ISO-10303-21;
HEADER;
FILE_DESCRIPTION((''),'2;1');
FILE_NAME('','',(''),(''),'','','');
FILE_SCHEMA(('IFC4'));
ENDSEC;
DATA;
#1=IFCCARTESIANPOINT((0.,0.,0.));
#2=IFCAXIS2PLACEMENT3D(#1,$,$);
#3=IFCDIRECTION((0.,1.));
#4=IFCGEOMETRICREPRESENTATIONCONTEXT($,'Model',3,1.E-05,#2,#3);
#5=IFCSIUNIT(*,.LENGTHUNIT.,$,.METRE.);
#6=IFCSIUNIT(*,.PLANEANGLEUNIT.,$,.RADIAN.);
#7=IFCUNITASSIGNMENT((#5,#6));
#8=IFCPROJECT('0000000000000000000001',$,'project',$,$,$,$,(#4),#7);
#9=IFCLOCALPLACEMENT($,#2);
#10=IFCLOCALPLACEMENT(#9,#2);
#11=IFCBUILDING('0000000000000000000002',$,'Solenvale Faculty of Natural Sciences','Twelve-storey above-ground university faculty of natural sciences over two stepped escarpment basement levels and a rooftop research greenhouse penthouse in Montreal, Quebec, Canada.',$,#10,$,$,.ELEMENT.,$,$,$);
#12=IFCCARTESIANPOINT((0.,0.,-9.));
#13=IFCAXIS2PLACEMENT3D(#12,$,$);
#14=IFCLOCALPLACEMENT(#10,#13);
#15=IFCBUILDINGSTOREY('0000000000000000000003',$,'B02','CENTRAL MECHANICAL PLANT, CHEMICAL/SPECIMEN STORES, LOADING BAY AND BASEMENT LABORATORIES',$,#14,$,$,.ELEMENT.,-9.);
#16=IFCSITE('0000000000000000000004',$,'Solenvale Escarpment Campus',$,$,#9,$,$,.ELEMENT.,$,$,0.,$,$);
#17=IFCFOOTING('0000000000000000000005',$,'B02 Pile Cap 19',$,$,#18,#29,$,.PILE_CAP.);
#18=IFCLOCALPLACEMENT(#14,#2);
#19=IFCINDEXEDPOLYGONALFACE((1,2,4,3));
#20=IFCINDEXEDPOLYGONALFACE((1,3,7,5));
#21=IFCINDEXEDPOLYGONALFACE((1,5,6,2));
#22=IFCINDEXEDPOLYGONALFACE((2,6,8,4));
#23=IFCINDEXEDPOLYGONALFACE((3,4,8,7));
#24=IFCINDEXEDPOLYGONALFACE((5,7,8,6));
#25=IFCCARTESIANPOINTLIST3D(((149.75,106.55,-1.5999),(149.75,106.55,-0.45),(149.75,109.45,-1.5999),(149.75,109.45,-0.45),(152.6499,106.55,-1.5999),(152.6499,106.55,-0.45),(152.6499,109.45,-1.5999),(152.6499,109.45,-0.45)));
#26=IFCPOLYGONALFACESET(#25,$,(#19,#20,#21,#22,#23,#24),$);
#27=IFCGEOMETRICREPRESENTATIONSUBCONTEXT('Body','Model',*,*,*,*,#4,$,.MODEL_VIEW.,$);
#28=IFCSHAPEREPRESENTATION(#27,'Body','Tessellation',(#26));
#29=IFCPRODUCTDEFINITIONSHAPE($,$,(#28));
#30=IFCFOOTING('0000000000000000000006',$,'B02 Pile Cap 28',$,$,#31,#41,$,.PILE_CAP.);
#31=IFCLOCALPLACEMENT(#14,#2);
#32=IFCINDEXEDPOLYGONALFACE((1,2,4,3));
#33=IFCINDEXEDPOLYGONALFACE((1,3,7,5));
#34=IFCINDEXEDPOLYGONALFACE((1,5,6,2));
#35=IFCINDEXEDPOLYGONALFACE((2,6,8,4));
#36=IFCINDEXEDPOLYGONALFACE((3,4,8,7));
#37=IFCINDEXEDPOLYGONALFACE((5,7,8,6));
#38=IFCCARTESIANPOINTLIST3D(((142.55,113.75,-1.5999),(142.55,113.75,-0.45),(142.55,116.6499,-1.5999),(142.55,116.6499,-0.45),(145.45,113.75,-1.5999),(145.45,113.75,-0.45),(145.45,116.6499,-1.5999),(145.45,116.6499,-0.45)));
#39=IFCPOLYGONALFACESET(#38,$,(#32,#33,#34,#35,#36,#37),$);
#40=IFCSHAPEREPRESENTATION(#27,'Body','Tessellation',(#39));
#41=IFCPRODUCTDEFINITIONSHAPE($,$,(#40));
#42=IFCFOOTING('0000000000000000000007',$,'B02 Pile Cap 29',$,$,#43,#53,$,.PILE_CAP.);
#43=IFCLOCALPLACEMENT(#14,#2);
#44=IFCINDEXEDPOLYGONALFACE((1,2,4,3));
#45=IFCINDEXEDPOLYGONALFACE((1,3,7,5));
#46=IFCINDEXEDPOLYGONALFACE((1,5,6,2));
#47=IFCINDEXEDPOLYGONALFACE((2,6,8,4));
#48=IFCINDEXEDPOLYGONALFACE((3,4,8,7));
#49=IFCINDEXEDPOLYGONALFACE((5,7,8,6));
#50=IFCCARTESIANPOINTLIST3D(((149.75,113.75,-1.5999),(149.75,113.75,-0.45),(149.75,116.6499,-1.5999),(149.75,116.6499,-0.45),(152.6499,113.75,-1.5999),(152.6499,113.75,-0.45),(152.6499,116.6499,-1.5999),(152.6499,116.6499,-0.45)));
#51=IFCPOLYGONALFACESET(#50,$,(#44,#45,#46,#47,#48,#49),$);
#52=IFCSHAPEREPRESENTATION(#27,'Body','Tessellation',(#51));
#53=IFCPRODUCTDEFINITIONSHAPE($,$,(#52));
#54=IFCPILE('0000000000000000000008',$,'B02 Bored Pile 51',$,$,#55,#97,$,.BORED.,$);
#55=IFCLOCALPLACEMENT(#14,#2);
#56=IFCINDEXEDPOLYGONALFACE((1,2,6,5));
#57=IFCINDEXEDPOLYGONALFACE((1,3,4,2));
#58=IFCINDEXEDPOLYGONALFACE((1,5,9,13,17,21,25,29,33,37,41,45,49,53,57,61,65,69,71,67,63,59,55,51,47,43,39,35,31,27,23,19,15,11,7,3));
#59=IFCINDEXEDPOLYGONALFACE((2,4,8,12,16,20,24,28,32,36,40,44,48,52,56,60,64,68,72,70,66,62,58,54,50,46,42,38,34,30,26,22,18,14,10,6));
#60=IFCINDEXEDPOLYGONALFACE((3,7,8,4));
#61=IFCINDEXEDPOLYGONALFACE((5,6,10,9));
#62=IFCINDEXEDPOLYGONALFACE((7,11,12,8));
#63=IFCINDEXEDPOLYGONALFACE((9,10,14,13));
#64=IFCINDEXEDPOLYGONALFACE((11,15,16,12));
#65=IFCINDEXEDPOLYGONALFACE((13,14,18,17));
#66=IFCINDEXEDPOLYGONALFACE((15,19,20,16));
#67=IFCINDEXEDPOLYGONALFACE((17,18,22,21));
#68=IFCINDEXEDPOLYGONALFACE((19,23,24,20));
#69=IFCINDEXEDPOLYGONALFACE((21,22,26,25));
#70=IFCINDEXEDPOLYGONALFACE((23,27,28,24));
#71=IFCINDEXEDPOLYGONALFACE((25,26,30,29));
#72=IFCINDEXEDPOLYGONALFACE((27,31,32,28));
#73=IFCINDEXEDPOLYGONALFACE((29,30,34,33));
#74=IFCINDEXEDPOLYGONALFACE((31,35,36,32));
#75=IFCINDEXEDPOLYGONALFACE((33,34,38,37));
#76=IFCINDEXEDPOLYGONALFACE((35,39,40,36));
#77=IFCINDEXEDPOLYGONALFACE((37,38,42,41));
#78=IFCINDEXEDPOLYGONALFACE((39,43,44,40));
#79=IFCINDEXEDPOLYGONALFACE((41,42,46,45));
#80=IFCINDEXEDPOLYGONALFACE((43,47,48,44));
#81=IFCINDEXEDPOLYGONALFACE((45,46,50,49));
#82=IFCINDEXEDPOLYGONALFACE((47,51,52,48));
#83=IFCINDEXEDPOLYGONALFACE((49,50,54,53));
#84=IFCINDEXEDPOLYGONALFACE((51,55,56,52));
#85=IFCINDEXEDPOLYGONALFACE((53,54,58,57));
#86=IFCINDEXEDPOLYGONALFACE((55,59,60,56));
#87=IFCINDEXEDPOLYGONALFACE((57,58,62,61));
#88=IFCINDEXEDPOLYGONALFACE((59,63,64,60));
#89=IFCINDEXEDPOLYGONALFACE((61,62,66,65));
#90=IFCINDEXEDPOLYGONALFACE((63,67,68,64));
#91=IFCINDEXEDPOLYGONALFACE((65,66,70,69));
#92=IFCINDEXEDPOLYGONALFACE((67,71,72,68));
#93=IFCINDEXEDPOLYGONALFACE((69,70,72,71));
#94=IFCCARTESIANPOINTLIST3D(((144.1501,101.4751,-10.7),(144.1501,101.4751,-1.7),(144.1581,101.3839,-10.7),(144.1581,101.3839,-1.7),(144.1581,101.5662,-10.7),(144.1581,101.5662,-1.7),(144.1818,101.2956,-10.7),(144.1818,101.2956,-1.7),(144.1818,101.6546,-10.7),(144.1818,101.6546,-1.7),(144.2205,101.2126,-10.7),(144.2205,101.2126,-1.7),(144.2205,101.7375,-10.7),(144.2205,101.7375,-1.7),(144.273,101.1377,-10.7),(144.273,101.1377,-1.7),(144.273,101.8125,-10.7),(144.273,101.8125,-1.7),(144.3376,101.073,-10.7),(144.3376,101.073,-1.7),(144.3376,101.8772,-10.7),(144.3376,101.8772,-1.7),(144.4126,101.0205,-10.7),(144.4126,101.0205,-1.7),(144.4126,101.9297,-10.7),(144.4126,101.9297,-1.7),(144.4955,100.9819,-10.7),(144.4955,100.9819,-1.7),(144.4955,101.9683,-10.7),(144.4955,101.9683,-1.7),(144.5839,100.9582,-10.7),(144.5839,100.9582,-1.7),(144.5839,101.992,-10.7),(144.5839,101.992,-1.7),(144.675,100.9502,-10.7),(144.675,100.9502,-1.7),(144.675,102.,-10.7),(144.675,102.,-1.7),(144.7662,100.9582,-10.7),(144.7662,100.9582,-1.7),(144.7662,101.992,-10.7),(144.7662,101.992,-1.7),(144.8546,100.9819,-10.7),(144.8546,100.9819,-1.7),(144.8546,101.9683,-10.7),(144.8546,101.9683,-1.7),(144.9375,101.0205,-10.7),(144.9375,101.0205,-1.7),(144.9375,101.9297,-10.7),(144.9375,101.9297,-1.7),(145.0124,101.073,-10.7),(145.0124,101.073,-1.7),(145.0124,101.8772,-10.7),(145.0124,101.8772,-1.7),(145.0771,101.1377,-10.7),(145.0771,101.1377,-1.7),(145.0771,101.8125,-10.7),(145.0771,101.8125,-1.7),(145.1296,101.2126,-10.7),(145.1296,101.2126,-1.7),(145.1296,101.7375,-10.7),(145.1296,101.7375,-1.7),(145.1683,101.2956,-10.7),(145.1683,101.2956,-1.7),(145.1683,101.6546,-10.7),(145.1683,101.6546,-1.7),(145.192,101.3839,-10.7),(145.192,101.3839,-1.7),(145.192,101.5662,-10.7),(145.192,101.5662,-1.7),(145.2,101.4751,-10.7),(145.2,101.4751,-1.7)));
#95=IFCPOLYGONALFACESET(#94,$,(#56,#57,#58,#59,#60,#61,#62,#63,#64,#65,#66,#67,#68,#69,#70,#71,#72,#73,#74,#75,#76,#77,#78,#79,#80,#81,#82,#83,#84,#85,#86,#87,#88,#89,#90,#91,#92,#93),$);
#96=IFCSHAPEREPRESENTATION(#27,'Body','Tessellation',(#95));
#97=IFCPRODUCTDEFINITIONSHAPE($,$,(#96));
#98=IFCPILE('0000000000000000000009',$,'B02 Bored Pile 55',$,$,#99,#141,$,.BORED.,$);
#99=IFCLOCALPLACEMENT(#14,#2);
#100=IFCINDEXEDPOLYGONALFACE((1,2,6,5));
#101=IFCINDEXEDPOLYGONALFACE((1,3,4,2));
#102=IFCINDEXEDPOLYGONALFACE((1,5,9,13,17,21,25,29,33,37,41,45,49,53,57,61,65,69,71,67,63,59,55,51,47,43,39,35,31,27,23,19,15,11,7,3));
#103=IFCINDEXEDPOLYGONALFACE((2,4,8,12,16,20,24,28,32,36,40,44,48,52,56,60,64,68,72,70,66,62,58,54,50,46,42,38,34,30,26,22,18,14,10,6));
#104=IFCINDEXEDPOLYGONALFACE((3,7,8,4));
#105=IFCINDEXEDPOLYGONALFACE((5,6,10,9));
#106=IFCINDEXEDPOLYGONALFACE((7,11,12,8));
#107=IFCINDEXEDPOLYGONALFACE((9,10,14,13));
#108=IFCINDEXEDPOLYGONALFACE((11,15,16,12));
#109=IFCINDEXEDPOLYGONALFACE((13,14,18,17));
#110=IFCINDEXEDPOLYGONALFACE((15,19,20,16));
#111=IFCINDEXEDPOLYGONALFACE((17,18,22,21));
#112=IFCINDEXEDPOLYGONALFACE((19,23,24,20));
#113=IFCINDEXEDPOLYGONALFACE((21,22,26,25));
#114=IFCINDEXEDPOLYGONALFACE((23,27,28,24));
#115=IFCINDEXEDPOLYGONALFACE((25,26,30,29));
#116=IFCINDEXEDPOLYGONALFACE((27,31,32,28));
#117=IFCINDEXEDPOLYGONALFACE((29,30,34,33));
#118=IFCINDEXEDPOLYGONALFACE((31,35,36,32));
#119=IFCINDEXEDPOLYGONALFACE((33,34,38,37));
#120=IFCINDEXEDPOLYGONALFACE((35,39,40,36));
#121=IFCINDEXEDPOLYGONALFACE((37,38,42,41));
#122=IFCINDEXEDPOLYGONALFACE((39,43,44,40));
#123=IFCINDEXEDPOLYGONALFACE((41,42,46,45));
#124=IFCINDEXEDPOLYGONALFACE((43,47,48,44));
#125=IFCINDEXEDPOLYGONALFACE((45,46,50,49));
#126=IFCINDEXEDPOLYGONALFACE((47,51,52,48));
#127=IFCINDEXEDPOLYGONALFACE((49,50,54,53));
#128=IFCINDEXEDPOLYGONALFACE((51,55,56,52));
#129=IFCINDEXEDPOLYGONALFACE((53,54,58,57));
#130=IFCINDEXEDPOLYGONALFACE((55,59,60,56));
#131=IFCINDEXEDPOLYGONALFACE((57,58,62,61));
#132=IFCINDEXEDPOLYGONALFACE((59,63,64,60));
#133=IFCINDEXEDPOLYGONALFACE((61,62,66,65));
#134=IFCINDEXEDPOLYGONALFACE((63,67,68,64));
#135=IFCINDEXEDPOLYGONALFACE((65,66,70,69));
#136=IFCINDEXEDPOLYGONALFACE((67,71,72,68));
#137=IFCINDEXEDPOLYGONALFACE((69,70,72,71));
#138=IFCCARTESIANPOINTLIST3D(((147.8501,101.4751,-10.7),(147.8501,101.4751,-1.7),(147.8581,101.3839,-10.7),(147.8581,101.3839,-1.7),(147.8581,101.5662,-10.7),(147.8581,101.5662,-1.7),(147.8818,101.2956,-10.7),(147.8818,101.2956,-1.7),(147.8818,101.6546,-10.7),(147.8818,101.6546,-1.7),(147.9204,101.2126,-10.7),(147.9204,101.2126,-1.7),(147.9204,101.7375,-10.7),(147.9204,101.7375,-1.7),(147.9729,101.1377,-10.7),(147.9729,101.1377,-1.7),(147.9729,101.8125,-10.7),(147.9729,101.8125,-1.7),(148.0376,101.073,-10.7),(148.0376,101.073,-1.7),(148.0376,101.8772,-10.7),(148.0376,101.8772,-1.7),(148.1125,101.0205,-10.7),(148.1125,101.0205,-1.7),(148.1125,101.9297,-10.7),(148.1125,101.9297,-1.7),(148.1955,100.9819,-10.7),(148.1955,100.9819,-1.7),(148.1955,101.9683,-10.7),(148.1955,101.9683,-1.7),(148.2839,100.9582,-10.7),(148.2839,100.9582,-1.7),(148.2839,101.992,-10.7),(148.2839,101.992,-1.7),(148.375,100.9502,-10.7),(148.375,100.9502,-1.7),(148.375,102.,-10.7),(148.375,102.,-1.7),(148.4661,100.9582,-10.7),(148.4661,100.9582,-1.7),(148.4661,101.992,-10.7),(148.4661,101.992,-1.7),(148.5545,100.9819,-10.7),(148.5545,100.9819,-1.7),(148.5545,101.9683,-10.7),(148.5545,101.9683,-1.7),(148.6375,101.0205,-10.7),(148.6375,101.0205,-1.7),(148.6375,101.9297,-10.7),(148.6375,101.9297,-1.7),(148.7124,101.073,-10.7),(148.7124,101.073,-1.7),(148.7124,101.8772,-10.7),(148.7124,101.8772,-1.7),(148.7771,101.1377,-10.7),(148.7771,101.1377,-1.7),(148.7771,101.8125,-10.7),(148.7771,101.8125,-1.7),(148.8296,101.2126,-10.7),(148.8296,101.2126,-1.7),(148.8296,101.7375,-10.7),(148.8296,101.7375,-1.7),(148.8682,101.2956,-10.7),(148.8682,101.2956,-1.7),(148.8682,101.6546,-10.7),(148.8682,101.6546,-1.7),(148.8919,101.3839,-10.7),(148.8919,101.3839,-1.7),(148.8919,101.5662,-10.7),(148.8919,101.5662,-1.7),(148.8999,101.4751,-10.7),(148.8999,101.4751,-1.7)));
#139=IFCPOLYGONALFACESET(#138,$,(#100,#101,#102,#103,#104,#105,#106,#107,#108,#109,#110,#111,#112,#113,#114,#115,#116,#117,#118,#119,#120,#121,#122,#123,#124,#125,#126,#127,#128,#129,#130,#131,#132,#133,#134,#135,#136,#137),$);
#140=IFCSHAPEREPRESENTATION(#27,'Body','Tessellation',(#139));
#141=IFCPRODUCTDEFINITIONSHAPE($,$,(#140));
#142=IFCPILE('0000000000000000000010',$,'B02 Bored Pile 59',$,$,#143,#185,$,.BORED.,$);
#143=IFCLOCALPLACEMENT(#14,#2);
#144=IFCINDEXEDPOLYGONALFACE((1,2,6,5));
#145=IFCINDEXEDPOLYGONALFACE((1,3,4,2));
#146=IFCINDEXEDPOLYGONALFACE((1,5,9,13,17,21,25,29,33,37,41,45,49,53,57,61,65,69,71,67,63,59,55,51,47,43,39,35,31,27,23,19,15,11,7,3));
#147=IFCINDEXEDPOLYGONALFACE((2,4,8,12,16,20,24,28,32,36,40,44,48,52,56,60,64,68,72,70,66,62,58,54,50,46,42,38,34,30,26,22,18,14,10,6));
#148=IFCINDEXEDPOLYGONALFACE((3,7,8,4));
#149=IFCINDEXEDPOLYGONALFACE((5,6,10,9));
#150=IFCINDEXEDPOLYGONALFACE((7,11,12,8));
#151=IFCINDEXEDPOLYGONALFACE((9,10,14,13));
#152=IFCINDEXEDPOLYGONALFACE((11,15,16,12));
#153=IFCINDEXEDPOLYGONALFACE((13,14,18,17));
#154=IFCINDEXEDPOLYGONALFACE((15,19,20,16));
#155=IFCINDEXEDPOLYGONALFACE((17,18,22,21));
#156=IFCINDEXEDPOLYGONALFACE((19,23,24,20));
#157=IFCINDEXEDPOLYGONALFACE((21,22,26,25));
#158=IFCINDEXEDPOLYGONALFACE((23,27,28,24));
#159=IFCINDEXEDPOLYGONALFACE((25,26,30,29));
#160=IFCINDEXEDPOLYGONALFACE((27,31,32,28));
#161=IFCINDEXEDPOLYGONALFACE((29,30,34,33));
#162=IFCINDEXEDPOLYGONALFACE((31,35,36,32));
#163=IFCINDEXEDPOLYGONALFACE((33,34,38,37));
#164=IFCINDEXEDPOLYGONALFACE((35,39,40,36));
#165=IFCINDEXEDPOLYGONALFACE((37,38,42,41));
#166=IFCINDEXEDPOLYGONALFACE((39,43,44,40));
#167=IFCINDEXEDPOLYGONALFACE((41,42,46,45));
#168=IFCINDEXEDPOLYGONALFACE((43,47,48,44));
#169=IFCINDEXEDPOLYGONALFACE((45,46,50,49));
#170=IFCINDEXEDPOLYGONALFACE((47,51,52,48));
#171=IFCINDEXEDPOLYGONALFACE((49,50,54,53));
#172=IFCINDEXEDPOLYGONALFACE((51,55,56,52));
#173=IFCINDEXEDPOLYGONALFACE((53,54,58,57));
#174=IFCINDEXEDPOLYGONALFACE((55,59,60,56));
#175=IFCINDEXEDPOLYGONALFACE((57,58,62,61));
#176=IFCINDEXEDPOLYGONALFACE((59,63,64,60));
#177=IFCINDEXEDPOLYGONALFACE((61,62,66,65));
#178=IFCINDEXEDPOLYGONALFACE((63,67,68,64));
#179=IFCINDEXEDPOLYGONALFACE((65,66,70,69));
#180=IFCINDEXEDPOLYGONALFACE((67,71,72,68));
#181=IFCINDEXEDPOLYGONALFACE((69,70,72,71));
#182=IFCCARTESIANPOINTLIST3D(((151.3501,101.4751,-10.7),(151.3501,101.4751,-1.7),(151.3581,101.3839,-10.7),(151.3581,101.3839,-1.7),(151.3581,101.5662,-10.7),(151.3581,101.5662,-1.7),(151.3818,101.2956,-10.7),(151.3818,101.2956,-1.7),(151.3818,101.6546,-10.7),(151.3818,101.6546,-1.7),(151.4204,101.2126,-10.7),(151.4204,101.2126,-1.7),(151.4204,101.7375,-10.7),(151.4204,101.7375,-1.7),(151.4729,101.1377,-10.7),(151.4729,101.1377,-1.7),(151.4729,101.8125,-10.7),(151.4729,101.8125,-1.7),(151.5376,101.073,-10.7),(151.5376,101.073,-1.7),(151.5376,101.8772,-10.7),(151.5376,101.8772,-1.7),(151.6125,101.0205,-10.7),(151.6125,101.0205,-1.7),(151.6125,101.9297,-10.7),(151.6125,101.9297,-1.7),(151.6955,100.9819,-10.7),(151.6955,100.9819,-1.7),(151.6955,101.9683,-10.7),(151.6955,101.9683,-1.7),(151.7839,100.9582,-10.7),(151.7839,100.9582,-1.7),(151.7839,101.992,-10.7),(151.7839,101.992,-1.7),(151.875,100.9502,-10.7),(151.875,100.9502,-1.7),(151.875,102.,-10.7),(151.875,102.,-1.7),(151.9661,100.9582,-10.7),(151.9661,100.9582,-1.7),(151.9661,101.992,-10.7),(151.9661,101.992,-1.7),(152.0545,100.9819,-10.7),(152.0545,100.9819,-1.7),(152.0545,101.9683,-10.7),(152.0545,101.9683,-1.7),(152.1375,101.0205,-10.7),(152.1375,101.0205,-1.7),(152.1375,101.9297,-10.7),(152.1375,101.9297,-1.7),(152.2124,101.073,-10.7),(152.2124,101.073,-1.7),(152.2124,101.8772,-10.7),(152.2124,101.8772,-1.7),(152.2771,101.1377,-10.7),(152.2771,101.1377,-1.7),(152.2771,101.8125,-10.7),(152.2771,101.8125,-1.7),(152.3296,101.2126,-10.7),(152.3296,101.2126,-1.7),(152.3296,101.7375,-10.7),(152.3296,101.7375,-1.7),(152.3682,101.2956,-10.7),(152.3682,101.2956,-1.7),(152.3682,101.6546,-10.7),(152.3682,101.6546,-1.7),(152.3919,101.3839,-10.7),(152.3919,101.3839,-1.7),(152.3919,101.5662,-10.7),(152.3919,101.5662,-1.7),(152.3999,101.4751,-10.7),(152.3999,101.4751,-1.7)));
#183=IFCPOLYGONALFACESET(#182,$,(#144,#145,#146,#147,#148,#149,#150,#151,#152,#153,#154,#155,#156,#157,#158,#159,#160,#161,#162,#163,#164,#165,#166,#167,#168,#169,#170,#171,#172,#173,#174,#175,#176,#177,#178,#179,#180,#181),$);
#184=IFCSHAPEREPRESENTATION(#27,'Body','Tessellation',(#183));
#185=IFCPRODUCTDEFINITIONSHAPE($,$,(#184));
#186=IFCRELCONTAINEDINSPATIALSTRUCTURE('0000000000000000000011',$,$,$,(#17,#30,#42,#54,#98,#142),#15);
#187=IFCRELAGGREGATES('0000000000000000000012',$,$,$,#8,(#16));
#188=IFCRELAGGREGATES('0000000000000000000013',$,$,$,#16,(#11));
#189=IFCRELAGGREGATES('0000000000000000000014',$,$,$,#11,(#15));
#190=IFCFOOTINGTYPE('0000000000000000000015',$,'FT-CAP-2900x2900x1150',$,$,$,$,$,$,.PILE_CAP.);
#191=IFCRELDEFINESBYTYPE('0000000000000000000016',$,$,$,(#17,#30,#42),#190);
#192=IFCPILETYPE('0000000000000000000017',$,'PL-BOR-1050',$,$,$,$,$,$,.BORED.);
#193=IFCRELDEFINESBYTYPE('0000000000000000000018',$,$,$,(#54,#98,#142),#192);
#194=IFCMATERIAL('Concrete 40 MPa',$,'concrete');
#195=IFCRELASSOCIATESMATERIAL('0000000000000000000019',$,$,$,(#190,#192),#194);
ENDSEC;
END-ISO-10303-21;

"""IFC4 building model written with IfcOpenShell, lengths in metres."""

from ifc_helpers import new_model, si_unit, direction, frame, origin, origin_2d, place, context, subcontext, project, spatial, rectangle, circle, extrude, material, material_profile, profile_set, type_object, element, save


model = new_model("IFC4")

# Units and contexts
model_context = context("Model", 3, precision=1e-05, world=origin(), true_north=direction((0.0, 1.0)))
body_context = subcontext(model_context, "Body", "Model", "MODEL_VIEW")
ifc_project = project(units=[si_unit("LENGTHUNIT", "METRE"), si_unit("PLANEANGLEUNIT", "RADIAN")], contexts=[model_context])

# Site, building, storey
site_placement = place(None, origin())
site = spatial("IfcSite", under=ifc_project, at=site_placement, Name="Solenvale Escarpment Campus", CompositionType="ELEMENT", RefElevation=0.0)
building_placement = place(site_placement, origin())
building = spatial("IfcBuilding", under=site, at=building_placement, Name="Solenvale Faculty of Natural Sciences", Description="Twelve-storey above-ground university faculty of natural sciences over two stepped escarpment basement levels and a rooftop research greenhouse penthouse in Montreal, Quebec, Canada.", CompositionType="ELEMENT")
storey_placement = place(building_placement, frame((0.0, 0.0, -9.0)))
storey = spatial("IfcBuildingStorey", under=building, at=storey_placement, Name="B02", Description="CENTRAL MECHANICAL PLANT, CHEMICAL/SPECIMEN STORES, LOADING BAY AND BASEMENT LABORATORIES", CompositionType="ELEMENT", Elevation=-9.0)

# Footings
ifc_material_1 = material(Name="Concrete 40 MPa", Category="concrete")
footing_type = type_object("IfcFootingType", Name="FT-CAP-2900x2900x1150", PredefinedType="PILE_CAP", material=ifc_material_1)
for number, where, z_axis, x_axis, name in (
    (1, (151.2, 108.0, -1.5999), (0.0, 0.0, 1.0), (1.0, 0.0, 0.0), "B02 Pile Cap 19"),
    (2, (144.0, 115.2, -1.5999), (0.0, 0.0, 1.0), (1.0, 0.0, 0.0), "B02 Pile Cap 28"),
    (3, (151.2, 115.2, -1.5999), (0.0, 0.0, 1.0), (1.0, 0.0, 0.0), "B02 Pile Cap 29"),
):
    element("IfcFooting", number, at=place(storey_placement, frame(where, z_axis=z_axis, x_axis=x_axis)), inside=storey, type_object=footing_type, Name=name, PredefinedType="PILE_CAP", context=body_context, shape_type="SweptSolid", body=[
        extrude(rectangle(XDim=2.8999, YDim=2.8999, at=origin_2d()), origin(), (0.0, 0.0, 1.0), 1.1499),
    ])

# Piles
ifc_material_profile_1 = material_profile(ifc_material_1, circle(Radius=0.5249, at=origin_2d()), Name="PILE-D1050")
ifc_profile_set_1 = profile_set([ifc_material_profile_1], Name="Concrete 40 MPa")
pile_type_1 = type_object("IfcPileType", Name="PL-BOR-1050", PredefinedType="BORED", material=ifc_profile_set_1)
for number, where, z_axis, x_axis, name in (
    (4, (144.675, 101.4751, -1.7), (0.0, 0.0, -1.0), (1.0, 0.0, 0.0), "B02 Bored Pile 51"),
    (5, (148.375, 101.4751, -1.7), (0.0, 0.0, -1.0), (1.0, 0.0, 0.0), "B02 Bored Pile 55"),
    (6, (151.875, 101.4751, -1.7), (0.0, 0.0, -1.0), (1.0, 0.0, 0.0), "B02 Bored Pile 59"),
):
    element("IfcPile", number, at=place(storey_placement, frame(where, z_axis=z_axis, x_axis=x_axis)), inside=storey, type_object=pile_type_1, Name=name, PredefinedType="BORED", context=body_context, shape_type="SweptSolid", body=[
        extrude(circle(Radius=0.5249, at=origin_2d()), origin(), (0.0, 0.0, 1.0), 9.0),
    ])

save(model, "model.ifc")
